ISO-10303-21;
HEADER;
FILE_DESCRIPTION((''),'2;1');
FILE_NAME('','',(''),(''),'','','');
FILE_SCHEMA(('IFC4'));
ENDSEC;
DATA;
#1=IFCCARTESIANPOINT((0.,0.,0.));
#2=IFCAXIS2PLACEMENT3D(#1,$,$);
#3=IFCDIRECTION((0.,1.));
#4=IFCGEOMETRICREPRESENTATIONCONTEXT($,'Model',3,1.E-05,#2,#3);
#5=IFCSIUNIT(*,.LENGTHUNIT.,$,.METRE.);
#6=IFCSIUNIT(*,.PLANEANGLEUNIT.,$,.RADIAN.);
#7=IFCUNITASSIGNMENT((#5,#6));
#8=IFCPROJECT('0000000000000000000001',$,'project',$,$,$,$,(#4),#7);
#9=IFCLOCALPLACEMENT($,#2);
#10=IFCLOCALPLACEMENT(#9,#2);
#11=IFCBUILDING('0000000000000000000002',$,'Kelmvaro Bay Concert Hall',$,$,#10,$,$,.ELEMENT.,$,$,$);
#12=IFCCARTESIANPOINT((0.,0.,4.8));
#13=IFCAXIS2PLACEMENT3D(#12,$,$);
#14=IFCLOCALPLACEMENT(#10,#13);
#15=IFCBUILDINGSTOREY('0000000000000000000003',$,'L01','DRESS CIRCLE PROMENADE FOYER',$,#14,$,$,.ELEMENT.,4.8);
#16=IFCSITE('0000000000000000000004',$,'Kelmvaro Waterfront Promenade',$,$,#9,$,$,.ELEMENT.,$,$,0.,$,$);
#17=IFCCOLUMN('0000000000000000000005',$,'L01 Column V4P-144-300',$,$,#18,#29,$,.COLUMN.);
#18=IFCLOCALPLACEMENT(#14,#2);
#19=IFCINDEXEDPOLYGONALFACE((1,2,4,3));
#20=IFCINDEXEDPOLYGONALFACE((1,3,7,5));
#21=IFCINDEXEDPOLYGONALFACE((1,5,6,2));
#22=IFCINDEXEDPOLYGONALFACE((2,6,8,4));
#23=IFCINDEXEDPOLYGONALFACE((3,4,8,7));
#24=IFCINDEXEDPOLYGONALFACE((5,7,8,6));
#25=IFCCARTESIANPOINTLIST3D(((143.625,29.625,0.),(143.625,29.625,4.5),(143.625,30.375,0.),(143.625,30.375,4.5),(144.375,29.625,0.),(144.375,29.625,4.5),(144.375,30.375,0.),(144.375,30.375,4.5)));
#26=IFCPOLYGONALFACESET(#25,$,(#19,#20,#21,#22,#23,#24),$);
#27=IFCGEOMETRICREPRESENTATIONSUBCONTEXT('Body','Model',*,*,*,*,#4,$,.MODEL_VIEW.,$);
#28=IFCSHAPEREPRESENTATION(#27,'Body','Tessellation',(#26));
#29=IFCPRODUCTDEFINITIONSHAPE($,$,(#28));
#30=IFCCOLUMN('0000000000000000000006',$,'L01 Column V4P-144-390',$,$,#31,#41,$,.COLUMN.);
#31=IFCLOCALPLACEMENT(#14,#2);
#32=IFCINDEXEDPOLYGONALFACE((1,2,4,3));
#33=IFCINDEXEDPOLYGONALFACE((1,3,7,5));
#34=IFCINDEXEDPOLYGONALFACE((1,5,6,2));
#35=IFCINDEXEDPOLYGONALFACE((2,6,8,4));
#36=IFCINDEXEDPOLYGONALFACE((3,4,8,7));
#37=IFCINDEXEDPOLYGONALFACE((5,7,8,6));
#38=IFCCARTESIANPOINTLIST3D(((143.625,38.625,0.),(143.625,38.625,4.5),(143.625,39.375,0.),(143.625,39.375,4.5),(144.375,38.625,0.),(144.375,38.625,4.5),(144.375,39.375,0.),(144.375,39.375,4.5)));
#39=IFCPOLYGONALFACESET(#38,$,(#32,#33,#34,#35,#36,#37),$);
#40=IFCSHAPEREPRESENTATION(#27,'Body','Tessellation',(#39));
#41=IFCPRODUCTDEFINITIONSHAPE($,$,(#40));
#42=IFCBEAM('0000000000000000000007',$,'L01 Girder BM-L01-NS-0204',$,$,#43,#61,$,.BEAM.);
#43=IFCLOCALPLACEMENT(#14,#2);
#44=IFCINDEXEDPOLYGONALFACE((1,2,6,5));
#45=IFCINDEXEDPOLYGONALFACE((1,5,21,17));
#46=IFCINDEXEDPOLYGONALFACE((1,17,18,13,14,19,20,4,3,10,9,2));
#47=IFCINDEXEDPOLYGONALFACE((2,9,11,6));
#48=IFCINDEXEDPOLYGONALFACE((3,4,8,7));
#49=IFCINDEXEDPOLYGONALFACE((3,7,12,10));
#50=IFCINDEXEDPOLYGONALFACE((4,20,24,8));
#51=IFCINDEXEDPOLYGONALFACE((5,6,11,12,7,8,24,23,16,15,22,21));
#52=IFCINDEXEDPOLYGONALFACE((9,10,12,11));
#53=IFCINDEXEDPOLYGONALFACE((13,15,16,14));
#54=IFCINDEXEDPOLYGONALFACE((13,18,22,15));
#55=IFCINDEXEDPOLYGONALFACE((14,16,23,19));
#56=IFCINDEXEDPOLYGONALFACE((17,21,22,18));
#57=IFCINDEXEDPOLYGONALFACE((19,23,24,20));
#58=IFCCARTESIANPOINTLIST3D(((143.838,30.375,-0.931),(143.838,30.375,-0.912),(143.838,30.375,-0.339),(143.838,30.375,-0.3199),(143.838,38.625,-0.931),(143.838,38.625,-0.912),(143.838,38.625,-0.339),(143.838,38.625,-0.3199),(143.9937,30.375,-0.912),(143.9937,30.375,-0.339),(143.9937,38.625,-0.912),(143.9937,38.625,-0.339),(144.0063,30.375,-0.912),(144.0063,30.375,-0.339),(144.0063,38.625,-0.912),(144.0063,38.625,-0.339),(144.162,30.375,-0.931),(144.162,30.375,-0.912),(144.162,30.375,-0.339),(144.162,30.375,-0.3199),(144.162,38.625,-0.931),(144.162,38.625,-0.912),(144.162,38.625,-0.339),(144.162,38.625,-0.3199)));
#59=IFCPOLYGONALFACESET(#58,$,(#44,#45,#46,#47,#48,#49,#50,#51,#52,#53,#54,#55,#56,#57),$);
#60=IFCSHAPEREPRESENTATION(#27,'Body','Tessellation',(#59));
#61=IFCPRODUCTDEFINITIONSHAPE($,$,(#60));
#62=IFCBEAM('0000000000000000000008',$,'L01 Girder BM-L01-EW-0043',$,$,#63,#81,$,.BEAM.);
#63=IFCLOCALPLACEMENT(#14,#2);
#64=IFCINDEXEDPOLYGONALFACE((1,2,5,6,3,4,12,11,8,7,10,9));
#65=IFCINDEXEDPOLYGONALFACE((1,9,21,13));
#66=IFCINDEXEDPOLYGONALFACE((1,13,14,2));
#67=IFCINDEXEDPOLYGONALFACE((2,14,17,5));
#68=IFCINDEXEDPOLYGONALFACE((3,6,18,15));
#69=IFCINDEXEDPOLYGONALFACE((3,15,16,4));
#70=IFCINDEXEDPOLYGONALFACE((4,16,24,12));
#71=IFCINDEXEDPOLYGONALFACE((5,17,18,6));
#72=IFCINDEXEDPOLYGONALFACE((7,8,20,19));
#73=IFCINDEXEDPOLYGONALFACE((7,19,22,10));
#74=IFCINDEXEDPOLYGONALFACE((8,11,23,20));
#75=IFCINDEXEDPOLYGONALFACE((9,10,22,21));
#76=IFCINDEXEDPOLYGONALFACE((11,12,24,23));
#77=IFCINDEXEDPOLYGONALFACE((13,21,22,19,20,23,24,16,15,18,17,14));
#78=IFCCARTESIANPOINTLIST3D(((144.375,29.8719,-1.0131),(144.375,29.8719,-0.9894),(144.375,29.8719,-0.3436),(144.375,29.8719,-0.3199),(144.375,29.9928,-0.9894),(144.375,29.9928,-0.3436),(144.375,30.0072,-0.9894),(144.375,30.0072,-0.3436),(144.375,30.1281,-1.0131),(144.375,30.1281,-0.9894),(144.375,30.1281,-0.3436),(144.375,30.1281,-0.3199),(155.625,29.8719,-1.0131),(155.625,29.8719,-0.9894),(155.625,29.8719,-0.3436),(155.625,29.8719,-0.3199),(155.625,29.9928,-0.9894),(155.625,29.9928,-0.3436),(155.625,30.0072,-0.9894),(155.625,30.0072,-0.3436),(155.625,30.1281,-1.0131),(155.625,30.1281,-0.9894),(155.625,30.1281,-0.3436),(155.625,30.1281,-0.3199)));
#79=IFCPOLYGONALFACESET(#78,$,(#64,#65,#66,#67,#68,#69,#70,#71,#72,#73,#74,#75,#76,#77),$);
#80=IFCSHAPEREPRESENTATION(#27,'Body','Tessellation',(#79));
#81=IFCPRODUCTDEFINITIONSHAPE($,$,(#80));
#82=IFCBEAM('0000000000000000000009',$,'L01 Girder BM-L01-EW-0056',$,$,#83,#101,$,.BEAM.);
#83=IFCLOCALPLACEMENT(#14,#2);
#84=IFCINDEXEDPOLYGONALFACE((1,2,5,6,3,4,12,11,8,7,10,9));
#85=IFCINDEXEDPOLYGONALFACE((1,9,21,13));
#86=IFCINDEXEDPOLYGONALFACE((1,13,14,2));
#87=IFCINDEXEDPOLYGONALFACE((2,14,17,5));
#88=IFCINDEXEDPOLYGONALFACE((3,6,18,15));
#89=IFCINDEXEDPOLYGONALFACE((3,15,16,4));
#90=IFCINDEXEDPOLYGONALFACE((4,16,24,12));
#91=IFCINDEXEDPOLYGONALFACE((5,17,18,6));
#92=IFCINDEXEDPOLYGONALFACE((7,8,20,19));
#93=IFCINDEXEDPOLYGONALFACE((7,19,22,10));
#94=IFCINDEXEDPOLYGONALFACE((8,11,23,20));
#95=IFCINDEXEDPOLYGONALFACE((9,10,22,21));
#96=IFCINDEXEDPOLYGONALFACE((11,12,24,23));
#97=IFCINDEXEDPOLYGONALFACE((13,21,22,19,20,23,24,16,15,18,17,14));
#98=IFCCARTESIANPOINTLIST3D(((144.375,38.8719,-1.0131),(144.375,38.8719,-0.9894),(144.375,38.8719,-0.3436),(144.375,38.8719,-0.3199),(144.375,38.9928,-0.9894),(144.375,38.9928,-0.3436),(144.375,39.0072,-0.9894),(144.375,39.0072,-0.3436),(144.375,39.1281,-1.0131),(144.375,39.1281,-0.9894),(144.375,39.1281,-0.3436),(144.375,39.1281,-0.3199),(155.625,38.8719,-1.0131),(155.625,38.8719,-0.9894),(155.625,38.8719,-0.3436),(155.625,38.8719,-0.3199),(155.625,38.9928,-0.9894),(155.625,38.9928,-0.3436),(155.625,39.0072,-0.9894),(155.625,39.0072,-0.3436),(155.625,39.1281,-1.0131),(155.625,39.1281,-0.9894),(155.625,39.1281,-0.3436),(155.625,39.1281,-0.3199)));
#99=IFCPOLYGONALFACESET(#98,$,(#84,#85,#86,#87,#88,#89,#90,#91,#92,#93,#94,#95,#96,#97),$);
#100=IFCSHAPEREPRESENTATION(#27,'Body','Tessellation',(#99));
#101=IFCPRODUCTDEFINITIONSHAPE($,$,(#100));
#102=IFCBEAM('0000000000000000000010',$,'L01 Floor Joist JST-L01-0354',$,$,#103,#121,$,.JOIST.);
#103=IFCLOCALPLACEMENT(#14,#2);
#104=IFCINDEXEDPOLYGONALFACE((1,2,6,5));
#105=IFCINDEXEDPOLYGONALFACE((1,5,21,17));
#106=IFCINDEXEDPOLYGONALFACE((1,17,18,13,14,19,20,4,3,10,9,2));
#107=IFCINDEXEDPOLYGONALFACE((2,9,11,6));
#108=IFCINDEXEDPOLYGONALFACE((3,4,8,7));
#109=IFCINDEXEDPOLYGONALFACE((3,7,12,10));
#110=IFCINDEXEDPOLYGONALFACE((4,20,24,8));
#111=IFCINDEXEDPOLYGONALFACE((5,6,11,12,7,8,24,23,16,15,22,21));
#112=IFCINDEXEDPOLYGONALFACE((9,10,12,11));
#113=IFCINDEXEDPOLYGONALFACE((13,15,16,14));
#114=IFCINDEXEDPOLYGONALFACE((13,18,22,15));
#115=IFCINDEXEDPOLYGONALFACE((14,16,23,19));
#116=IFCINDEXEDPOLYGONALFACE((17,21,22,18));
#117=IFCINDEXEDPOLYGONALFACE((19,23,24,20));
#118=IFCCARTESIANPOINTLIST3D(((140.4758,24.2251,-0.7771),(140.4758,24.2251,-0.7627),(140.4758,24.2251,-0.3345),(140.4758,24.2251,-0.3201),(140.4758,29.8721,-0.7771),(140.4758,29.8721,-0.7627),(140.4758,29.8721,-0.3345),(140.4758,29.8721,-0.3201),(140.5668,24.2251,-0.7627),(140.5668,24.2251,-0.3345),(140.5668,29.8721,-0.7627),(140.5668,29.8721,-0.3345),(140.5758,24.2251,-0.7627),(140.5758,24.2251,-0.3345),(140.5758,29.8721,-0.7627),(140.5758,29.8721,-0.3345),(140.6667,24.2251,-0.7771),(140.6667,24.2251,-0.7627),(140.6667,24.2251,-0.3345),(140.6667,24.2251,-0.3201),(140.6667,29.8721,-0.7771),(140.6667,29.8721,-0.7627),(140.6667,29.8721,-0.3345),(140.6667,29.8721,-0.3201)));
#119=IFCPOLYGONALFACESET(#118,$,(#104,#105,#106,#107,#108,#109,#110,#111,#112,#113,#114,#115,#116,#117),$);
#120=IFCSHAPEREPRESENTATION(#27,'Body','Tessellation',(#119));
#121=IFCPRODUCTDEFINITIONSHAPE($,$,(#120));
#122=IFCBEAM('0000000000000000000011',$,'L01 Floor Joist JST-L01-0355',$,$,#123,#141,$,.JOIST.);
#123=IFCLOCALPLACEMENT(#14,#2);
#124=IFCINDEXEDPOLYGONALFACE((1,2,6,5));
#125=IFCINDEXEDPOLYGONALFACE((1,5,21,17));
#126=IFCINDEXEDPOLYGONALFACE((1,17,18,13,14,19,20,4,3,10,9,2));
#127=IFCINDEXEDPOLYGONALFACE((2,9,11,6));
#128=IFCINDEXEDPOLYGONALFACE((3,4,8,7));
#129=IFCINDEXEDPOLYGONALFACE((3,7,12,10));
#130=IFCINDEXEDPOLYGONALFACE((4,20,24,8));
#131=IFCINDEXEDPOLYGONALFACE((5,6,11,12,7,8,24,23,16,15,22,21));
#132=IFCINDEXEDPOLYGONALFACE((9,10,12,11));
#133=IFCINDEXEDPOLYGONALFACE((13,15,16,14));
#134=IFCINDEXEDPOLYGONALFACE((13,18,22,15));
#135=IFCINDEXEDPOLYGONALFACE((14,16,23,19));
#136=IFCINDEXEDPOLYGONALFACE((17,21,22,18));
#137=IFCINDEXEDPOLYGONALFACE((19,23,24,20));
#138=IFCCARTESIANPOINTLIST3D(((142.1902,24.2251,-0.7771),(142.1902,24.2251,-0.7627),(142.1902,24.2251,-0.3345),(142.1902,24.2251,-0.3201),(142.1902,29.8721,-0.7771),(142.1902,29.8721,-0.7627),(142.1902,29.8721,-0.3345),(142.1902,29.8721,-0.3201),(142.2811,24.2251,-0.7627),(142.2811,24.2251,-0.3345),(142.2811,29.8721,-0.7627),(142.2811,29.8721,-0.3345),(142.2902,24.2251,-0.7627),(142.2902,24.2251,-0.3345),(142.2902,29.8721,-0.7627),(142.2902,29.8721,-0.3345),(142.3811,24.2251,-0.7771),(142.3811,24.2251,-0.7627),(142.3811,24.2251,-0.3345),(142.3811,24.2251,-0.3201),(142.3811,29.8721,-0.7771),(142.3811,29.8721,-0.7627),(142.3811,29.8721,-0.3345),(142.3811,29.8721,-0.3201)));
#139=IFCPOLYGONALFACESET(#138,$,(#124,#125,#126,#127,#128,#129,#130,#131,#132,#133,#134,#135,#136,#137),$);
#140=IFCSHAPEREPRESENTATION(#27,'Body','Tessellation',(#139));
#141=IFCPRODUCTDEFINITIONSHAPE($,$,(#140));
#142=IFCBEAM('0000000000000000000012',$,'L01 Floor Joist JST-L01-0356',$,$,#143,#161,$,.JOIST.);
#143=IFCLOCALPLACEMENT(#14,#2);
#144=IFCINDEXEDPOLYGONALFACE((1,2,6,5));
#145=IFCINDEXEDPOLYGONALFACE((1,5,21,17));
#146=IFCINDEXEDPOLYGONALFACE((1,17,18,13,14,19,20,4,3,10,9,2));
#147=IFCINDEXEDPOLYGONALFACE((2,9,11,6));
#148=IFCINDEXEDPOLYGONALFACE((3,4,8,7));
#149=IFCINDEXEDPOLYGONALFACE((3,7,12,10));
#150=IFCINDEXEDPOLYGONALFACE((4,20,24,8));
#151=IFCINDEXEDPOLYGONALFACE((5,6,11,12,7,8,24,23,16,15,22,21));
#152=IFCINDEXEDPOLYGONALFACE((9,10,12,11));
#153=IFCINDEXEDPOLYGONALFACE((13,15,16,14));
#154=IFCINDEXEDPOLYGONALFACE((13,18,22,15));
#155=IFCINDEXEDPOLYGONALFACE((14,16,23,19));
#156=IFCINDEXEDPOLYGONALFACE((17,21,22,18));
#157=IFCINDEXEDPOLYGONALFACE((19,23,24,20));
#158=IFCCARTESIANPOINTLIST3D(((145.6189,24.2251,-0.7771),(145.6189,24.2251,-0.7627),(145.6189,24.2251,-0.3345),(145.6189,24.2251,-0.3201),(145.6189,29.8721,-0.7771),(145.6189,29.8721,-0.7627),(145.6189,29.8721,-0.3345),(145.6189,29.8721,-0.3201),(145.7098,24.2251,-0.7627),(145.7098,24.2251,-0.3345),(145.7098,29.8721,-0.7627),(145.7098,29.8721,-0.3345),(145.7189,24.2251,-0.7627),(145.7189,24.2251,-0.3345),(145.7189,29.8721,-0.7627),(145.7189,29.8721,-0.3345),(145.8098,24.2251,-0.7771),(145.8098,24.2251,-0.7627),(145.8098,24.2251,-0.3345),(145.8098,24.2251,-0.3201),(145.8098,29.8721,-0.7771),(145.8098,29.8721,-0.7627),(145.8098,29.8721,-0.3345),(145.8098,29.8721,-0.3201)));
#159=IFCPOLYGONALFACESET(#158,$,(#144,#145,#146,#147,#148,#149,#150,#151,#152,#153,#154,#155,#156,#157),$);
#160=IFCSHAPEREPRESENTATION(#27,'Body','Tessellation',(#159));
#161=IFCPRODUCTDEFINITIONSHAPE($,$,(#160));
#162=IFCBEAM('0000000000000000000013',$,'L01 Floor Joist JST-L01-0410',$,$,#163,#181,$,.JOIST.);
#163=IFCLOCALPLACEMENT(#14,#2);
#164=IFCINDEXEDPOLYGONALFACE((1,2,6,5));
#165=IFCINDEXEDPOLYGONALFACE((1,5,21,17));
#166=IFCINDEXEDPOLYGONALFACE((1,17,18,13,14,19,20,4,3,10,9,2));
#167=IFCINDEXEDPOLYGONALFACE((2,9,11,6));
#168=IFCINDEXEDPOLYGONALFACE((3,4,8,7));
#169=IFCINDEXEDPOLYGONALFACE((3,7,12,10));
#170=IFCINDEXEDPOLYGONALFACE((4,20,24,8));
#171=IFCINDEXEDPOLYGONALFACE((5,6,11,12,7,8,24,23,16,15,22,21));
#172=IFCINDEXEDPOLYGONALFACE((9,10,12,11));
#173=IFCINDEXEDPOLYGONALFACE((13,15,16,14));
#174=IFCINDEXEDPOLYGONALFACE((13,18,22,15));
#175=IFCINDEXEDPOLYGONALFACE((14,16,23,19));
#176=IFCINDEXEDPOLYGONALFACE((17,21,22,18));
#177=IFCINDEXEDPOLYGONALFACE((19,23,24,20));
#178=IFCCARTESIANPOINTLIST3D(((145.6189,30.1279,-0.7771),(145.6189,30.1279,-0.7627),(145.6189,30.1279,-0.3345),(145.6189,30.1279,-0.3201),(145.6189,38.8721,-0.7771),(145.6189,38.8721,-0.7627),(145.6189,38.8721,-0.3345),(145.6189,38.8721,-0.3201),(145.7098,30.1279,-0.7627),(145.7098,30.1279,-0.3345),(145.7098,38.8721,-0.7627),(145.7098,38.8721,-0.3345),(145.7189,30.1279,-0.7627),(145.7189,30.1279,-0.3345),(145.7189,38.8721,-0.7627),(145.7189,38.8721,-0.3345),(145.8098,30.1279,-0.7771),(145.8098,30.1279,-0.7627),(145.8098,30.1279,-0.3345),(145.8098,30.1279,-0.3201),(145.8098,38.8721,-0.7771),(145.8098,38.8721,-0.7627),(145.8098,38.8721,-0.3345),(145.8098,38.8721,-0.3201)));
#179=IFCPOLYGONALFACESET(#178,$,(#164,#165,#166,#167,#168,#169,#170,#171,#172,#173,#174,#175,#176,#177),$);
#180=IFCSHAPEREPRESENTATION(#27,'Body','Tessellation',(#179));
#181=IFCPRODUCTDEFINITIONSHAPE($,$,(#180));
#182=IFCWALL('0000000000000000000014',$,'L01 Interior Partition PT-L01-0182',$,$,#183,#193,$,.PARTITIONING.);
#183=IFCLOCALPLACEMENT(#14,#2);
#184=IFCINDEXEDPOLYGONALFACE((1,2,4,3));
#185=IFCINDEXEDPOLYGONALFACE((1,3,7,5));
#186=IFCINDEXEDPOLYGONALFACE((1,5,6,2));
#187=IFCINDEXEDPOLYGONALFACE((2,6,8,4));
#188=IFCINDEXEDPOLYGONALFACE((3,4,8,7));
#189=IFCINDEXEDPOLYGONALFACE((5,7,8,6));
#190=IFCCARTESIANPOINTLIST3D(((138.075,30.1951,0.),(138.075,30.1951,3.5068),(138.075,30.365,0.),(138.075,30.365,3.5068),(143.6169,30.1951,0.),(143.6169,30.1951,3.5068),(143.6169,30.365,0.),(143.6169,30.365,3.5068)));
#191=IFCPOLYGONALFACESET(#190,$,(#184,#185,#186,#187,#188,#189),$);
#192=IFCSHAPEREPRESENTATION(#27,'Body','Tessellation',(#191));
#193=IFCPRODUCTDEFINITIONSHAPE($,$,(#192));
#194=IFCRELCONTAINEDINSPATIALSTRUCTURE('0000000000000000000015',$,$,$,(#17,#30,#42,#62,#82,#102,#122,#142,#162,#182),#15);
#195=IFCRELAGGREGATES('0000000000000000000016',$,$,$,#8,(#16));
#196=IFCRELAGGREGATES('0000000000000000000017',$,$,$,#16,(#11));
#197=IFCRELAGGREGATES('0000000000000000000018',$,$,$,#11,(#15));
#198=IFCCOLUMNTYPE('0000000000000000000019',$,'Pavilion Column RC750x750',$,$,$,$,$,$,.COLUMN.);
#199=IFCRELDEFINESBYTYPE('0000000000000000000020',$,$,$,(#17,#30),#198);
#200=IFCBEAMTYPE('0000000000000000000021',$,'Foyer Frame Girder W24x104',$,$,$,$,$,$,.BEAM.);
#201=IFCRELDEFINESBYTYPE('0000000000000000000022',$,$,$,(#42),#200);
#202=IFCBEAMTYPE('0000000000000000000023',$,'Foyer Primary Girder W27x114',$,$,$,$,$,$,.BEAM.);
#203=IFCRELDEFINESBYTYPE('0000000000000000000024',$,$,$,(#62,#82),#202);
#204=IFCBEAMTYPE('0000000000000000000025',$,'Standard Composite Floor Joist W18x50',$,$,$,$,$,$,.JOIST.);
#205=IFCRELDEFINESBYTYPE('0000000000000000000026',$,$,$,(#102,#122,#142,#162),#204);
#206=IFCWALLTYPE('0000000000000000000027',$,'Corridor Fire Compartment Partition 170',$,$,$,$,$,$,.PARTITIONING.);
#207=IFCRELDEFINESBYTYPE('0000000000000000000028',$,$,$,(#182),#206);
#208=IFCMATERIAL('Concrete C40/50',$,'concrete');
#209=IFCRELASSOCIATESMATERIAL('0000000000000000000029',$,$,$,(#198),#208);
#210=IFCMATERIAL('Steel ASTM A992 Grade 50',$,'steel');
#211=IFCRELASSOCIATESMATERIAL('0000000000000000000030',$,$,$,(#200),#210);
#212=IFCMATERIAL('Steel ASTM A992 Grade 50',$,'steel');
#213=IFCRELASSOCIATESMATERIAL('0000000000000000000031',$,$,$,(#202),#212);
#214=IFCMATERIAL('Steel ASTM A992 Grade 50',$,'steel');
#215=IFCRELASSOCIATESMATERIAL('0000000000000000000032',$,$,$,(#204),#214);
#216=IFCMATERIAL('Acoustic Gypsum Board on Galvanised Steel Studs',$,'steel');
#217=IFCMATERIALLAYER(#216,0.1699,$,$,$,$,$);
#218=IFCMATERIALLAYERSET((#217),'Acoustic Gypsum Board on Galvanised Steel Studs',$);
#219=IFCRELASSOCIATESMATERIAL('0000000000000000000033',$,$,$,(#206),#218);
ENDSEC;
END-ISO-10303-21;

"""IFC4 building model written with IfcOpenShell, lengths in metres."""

from ifc_helpers import new_model, si_unit, direction, frame, frame_2d, origin, origin_2d, place, context, subcontext, project, spatial, rectangle, i_section, extrude, material, layer, layer_set, material_profile, profile_set, type_object, element, save


model = new_model("IFC4")

# Units and contexts
model_context = context("Model", 3, precision=1e-05, world=origin(), true_north=direction((0.0, 1.0)))
body_context = subcontext(model_context, "Body", "Model", "MODEL_VIEW")
ifc_project = project(units=[si_unit("LENGTHUNIT", "METRE"), si_unit("PLANEANGLEUNIT", "RADIAN")], contexts=[model_context])

# Site, building, storey
site_placement = place(None, origin())
site = spatial("IfcSite", under=ifc_project, at=site_placement, Name="Kelmvaro Waterfront Promenade", CompositionType="ELEMENT", RefElevation=0.0)
building_placement = place(site_placement, origin())
building = spatial("IfcBuilding", under=site, at=building_placement, Name="Kelmvaro Bay Concert Hall", CompositionType="ELEMENT")
storey_placement = place(building_placement, frame((0.0, 0.0, 4.8)))
storey = spatial("IfcBuildingStorey", under=building, at=storey_placement, Name="L01", Description="DRESS CIRCLE PROMENADE FOYER", CompositionType="ELEMENT", Elevation=4.8)

# Columns
ifc_material_1 = material(Name="Concrete C40/50", Category="concrete")
ifc_material_profile_1 = material_profile(ifc_material_1, rectangle(XDim=0.75, YDim=0.75, at=origin_2d()), Name="RC-COL-750X750")
ifc_profile_set_1 = profile_set([ifc_material_profile_1], Name="Concrete C40/50")
column_type = type_object("IfcColumnType", Name="Pavilion Column RC750x750", PredefinedType="COLUMN", material=ifc_profile_set_1)
for number, where, z_axis, x_axis, name in (
    (1, (144.0, 30.0, 0.0), (0.0, 0.0, 1.0), (1.0, 0.0, 0.0), "L01 Column V4P-144-300"),
    (2, (144.0, 39.0, 0.0), (0.0, 0.0, 1.0), (1.0, 0.0, 0.0), "L01 Column V4P-144-390"),
):
    element("IfcColumn", number, at=place(storey_placement, frame(where, z_axis=z_axis, x_axis=x_axis)), inside=storey, type_object=column_type, Name=name, PredefinedType="COLUMN", context=body_context, shape_type="SweptSolid", body=[
        extrude(rectangle(XDim=0.75, YDim=0.75, at=origin_2d()), origin(), (0.0, 0.0, 1.0), 4.5),
    ])

# Beams
ifc_material_2 = material(Name="Steel ASTM A992 Grade 50", Category="steel")
ifc_material_profile_2 = material_profile(ifc_material_2, i_section(OverallWidth=0.324, OverallDepth=0.6111, WebThickness=0.0127, FlangeThickness=0.019, at=origin_2d()), Name="W24X104")
ifc_profile_set_2 = profile_set([ifc_material_profile_2], Name="Steel ASTM A992 Grade 50")
beam_type_1 = type_object("IfcBeamType", Name="Foyer Frame Girder W24x104", PredefinedType="BEAM", material=ifc_profile_set_2)
beam_1_placement = place(storey_placement, frame((144.0, 30.375, -0.6255), z_axis=(0.0, 1.0, 0.0), x_axis=(-1.0, 0.0, 0.0)))
element("IfcBeam", 3, at=beam_1_placement, inside=storey, type_object=beam_type_1, Name="L01 Girder BM-L01-NS-0204", PredefinedType="BEAM", context=body_context, shape_type="SweptSolid", body=[
    extrude(i_section(OverallWidth=0.324, OverallDepth=0.6111, WebThickness=0.0127, FlangeThickness=0.019, at=origin_2d()), origin(), (0.0, 0.0, 1.0), 8.25),
])
ifc_material_3 = material(Name="Steel ASTM A992 Grade 50", Category="steel")
ifc_material_profile_3 = material_profile(ifc_material_3, i_section(OverallWidth=0.2561, OverallDepth=0.6931, WebThickness=0.0144, FlangeThickness=0.0237, at=origin_2d()), Name="W27X114")
ifc_profile_set_3 = profile_set([ifc_material_profile_3], Name="Steel ASTM A992 Grade 50")
beam_type_2 = type_object("IfcBeamType", Name="Foyer Primary Girder W27x114", PredefinedType="BEAM", material=ifc_profile_set_3)
for number, where, z_axis, x_axis, name in (
    (4, (144.375, 30.0, -0.6665), (1.0, 0.0, 0.0), (0.0, 1.0, 0.0), "L01 Girder BM-L01-EW-0043"),
    (5, (144.375, 39.0, -0.6665), (1.0, 0.0, 0.0), (0.0, 1.0, 0.0), "L01 Girder BM-L01-EW-0056"),
):
    element("IfcBeam", number, at=place(storey_placement, frame(where, z_axis=z_axis, x_axis=x_axis)), inside=storey, type_object=beam_type_2, Name=name, PredefinedType="BEAM", context=body_context, shape_type="SweptSolid", body=[
        extrude(i_section(OverallWidth=0.2561, OverallDepth=0.6931, WebThickness=0.0144, FlangeThickness=0.0237, at=origin_2d()), origin(), (0.0, 0.0, 1.0), 11.25),
    ])
ifc_material_4 = material(Name="Steel ASTM A992 Grade 50", Category="steel")
ifc_material_profile_4 = material_profile(ifc_material_4, i_section(OverallWidth=0.1909, OverallDepth=0.457, WebThickness=0.009, FlangeThickness=0.0144, at=origin_2d()), Name="W18X50")
ifc_profile_set_4 = profile_set([ifc_material_profile_4], Name="Steel ASTM A992 Grade 50")
beam_type_3 = type_object("IfcBeamType", Name="Standard Composite Floor Joist W18x50", PredefinedType="JOIST", material=ifc_profile_set_4)
for number, where, z_axis, x_axis, name in (
    (6, (140.5713, 24.2251, -0.5486), (0.0, 1.0, 0.0), (-1.0, 0.0, 0.0), "L01 Floor Joist JST-L01-0354"),
    (7, (142.2856, 24.2251, -0.5486), (0.0, 1.0, 0.0), (-1.0, 0.0, 0.0), "L01 Floor Joist JST-L01-0355"),
    (8, (145.7144, 24.2251, -0.5486), (0.0, 1.0, 0.0), (-1.0, 0.0, 0.0), "L01 Floor Joist JST-L01-0356"),
):
    element("IfcBeam", number, at=place(storey_placement, frame(where, z_axis=z_axis, x_axis=x_axis)), inside=storey, type_object=beam_type_3, Name=name, PredefinedType="JOIST", context=body_context, shape_type="SweptSolid", body=[
        extrude(i_section(OverallWidth=0.1909, OverallDepth=0.457, WebThickness=0.009, FlangeThickness=0.0144, at=origin_2d()), origin(), (0.0, 0.0, 1.0), 5.647),
    ])
beam_2_placement = place(storey_placement, frame((145.7144, 30.1279, -0.5486), z_axis=(0.0, 1.0, 0.0), x_axis=(-1.0, 0.0, 0.0)))
element("IfcBeam", 9, at=beam_2_placement, inside=storey, type_object=beam_type_3, Name="L01 Floor Joist JST-L01-0410", PredefinedType="JOIST", context=body_context, shape_type="SweptSolid", body=[
    extrude(i_section(OverallWidth=0.1909, OverallDepth=0.457, WebThickness=0.009, FlangeThickness=0.0144, at=origin_2d()), origin(), (0.0, 0.0, 1.0), 8.7441),
])

# Wall
ifc_material_5 = material(Name="Acoustic Gypsum Board on Galvanised Steel Studs", Category="steel")
ifc_layer_1 = layer(ifc_material_5, 0.1699)
ifc_layer_set_1 = layer_set([ifc_layer_1], Name="Acoustic Gypsum Board on Galvanised Steel Studs")
wall_type_1 = type_object("IfcWallType", Name="Corridor Fire Compartment Partition 170", PredefinedType="PARTITIONING", material=ifc_layer_set_1)
wall_1_placement = place(storey_placement, frame((138.075, 30.28, 0.0), z_axis=(0.0, 0.0, 1.0), x_axis=(1.0, 0.0, 0.0)))
element("IfcWall", 10, at=wall_1_placement, inside=storey, type_object=wall_type_1, Name="L01 Interior Partition PT-L01-0182", PredefinedType="PARTITIONING", context=body_context, shape_type="SweptSolid", body=[
    extrude(rectangle(XDim=5.542, YDim=0.1699, at=frame_2d((2.771, 0.0))), origin(), (0.0, 0.0, 1.0), 3.5068),
])

save(model, "model.ifc")
